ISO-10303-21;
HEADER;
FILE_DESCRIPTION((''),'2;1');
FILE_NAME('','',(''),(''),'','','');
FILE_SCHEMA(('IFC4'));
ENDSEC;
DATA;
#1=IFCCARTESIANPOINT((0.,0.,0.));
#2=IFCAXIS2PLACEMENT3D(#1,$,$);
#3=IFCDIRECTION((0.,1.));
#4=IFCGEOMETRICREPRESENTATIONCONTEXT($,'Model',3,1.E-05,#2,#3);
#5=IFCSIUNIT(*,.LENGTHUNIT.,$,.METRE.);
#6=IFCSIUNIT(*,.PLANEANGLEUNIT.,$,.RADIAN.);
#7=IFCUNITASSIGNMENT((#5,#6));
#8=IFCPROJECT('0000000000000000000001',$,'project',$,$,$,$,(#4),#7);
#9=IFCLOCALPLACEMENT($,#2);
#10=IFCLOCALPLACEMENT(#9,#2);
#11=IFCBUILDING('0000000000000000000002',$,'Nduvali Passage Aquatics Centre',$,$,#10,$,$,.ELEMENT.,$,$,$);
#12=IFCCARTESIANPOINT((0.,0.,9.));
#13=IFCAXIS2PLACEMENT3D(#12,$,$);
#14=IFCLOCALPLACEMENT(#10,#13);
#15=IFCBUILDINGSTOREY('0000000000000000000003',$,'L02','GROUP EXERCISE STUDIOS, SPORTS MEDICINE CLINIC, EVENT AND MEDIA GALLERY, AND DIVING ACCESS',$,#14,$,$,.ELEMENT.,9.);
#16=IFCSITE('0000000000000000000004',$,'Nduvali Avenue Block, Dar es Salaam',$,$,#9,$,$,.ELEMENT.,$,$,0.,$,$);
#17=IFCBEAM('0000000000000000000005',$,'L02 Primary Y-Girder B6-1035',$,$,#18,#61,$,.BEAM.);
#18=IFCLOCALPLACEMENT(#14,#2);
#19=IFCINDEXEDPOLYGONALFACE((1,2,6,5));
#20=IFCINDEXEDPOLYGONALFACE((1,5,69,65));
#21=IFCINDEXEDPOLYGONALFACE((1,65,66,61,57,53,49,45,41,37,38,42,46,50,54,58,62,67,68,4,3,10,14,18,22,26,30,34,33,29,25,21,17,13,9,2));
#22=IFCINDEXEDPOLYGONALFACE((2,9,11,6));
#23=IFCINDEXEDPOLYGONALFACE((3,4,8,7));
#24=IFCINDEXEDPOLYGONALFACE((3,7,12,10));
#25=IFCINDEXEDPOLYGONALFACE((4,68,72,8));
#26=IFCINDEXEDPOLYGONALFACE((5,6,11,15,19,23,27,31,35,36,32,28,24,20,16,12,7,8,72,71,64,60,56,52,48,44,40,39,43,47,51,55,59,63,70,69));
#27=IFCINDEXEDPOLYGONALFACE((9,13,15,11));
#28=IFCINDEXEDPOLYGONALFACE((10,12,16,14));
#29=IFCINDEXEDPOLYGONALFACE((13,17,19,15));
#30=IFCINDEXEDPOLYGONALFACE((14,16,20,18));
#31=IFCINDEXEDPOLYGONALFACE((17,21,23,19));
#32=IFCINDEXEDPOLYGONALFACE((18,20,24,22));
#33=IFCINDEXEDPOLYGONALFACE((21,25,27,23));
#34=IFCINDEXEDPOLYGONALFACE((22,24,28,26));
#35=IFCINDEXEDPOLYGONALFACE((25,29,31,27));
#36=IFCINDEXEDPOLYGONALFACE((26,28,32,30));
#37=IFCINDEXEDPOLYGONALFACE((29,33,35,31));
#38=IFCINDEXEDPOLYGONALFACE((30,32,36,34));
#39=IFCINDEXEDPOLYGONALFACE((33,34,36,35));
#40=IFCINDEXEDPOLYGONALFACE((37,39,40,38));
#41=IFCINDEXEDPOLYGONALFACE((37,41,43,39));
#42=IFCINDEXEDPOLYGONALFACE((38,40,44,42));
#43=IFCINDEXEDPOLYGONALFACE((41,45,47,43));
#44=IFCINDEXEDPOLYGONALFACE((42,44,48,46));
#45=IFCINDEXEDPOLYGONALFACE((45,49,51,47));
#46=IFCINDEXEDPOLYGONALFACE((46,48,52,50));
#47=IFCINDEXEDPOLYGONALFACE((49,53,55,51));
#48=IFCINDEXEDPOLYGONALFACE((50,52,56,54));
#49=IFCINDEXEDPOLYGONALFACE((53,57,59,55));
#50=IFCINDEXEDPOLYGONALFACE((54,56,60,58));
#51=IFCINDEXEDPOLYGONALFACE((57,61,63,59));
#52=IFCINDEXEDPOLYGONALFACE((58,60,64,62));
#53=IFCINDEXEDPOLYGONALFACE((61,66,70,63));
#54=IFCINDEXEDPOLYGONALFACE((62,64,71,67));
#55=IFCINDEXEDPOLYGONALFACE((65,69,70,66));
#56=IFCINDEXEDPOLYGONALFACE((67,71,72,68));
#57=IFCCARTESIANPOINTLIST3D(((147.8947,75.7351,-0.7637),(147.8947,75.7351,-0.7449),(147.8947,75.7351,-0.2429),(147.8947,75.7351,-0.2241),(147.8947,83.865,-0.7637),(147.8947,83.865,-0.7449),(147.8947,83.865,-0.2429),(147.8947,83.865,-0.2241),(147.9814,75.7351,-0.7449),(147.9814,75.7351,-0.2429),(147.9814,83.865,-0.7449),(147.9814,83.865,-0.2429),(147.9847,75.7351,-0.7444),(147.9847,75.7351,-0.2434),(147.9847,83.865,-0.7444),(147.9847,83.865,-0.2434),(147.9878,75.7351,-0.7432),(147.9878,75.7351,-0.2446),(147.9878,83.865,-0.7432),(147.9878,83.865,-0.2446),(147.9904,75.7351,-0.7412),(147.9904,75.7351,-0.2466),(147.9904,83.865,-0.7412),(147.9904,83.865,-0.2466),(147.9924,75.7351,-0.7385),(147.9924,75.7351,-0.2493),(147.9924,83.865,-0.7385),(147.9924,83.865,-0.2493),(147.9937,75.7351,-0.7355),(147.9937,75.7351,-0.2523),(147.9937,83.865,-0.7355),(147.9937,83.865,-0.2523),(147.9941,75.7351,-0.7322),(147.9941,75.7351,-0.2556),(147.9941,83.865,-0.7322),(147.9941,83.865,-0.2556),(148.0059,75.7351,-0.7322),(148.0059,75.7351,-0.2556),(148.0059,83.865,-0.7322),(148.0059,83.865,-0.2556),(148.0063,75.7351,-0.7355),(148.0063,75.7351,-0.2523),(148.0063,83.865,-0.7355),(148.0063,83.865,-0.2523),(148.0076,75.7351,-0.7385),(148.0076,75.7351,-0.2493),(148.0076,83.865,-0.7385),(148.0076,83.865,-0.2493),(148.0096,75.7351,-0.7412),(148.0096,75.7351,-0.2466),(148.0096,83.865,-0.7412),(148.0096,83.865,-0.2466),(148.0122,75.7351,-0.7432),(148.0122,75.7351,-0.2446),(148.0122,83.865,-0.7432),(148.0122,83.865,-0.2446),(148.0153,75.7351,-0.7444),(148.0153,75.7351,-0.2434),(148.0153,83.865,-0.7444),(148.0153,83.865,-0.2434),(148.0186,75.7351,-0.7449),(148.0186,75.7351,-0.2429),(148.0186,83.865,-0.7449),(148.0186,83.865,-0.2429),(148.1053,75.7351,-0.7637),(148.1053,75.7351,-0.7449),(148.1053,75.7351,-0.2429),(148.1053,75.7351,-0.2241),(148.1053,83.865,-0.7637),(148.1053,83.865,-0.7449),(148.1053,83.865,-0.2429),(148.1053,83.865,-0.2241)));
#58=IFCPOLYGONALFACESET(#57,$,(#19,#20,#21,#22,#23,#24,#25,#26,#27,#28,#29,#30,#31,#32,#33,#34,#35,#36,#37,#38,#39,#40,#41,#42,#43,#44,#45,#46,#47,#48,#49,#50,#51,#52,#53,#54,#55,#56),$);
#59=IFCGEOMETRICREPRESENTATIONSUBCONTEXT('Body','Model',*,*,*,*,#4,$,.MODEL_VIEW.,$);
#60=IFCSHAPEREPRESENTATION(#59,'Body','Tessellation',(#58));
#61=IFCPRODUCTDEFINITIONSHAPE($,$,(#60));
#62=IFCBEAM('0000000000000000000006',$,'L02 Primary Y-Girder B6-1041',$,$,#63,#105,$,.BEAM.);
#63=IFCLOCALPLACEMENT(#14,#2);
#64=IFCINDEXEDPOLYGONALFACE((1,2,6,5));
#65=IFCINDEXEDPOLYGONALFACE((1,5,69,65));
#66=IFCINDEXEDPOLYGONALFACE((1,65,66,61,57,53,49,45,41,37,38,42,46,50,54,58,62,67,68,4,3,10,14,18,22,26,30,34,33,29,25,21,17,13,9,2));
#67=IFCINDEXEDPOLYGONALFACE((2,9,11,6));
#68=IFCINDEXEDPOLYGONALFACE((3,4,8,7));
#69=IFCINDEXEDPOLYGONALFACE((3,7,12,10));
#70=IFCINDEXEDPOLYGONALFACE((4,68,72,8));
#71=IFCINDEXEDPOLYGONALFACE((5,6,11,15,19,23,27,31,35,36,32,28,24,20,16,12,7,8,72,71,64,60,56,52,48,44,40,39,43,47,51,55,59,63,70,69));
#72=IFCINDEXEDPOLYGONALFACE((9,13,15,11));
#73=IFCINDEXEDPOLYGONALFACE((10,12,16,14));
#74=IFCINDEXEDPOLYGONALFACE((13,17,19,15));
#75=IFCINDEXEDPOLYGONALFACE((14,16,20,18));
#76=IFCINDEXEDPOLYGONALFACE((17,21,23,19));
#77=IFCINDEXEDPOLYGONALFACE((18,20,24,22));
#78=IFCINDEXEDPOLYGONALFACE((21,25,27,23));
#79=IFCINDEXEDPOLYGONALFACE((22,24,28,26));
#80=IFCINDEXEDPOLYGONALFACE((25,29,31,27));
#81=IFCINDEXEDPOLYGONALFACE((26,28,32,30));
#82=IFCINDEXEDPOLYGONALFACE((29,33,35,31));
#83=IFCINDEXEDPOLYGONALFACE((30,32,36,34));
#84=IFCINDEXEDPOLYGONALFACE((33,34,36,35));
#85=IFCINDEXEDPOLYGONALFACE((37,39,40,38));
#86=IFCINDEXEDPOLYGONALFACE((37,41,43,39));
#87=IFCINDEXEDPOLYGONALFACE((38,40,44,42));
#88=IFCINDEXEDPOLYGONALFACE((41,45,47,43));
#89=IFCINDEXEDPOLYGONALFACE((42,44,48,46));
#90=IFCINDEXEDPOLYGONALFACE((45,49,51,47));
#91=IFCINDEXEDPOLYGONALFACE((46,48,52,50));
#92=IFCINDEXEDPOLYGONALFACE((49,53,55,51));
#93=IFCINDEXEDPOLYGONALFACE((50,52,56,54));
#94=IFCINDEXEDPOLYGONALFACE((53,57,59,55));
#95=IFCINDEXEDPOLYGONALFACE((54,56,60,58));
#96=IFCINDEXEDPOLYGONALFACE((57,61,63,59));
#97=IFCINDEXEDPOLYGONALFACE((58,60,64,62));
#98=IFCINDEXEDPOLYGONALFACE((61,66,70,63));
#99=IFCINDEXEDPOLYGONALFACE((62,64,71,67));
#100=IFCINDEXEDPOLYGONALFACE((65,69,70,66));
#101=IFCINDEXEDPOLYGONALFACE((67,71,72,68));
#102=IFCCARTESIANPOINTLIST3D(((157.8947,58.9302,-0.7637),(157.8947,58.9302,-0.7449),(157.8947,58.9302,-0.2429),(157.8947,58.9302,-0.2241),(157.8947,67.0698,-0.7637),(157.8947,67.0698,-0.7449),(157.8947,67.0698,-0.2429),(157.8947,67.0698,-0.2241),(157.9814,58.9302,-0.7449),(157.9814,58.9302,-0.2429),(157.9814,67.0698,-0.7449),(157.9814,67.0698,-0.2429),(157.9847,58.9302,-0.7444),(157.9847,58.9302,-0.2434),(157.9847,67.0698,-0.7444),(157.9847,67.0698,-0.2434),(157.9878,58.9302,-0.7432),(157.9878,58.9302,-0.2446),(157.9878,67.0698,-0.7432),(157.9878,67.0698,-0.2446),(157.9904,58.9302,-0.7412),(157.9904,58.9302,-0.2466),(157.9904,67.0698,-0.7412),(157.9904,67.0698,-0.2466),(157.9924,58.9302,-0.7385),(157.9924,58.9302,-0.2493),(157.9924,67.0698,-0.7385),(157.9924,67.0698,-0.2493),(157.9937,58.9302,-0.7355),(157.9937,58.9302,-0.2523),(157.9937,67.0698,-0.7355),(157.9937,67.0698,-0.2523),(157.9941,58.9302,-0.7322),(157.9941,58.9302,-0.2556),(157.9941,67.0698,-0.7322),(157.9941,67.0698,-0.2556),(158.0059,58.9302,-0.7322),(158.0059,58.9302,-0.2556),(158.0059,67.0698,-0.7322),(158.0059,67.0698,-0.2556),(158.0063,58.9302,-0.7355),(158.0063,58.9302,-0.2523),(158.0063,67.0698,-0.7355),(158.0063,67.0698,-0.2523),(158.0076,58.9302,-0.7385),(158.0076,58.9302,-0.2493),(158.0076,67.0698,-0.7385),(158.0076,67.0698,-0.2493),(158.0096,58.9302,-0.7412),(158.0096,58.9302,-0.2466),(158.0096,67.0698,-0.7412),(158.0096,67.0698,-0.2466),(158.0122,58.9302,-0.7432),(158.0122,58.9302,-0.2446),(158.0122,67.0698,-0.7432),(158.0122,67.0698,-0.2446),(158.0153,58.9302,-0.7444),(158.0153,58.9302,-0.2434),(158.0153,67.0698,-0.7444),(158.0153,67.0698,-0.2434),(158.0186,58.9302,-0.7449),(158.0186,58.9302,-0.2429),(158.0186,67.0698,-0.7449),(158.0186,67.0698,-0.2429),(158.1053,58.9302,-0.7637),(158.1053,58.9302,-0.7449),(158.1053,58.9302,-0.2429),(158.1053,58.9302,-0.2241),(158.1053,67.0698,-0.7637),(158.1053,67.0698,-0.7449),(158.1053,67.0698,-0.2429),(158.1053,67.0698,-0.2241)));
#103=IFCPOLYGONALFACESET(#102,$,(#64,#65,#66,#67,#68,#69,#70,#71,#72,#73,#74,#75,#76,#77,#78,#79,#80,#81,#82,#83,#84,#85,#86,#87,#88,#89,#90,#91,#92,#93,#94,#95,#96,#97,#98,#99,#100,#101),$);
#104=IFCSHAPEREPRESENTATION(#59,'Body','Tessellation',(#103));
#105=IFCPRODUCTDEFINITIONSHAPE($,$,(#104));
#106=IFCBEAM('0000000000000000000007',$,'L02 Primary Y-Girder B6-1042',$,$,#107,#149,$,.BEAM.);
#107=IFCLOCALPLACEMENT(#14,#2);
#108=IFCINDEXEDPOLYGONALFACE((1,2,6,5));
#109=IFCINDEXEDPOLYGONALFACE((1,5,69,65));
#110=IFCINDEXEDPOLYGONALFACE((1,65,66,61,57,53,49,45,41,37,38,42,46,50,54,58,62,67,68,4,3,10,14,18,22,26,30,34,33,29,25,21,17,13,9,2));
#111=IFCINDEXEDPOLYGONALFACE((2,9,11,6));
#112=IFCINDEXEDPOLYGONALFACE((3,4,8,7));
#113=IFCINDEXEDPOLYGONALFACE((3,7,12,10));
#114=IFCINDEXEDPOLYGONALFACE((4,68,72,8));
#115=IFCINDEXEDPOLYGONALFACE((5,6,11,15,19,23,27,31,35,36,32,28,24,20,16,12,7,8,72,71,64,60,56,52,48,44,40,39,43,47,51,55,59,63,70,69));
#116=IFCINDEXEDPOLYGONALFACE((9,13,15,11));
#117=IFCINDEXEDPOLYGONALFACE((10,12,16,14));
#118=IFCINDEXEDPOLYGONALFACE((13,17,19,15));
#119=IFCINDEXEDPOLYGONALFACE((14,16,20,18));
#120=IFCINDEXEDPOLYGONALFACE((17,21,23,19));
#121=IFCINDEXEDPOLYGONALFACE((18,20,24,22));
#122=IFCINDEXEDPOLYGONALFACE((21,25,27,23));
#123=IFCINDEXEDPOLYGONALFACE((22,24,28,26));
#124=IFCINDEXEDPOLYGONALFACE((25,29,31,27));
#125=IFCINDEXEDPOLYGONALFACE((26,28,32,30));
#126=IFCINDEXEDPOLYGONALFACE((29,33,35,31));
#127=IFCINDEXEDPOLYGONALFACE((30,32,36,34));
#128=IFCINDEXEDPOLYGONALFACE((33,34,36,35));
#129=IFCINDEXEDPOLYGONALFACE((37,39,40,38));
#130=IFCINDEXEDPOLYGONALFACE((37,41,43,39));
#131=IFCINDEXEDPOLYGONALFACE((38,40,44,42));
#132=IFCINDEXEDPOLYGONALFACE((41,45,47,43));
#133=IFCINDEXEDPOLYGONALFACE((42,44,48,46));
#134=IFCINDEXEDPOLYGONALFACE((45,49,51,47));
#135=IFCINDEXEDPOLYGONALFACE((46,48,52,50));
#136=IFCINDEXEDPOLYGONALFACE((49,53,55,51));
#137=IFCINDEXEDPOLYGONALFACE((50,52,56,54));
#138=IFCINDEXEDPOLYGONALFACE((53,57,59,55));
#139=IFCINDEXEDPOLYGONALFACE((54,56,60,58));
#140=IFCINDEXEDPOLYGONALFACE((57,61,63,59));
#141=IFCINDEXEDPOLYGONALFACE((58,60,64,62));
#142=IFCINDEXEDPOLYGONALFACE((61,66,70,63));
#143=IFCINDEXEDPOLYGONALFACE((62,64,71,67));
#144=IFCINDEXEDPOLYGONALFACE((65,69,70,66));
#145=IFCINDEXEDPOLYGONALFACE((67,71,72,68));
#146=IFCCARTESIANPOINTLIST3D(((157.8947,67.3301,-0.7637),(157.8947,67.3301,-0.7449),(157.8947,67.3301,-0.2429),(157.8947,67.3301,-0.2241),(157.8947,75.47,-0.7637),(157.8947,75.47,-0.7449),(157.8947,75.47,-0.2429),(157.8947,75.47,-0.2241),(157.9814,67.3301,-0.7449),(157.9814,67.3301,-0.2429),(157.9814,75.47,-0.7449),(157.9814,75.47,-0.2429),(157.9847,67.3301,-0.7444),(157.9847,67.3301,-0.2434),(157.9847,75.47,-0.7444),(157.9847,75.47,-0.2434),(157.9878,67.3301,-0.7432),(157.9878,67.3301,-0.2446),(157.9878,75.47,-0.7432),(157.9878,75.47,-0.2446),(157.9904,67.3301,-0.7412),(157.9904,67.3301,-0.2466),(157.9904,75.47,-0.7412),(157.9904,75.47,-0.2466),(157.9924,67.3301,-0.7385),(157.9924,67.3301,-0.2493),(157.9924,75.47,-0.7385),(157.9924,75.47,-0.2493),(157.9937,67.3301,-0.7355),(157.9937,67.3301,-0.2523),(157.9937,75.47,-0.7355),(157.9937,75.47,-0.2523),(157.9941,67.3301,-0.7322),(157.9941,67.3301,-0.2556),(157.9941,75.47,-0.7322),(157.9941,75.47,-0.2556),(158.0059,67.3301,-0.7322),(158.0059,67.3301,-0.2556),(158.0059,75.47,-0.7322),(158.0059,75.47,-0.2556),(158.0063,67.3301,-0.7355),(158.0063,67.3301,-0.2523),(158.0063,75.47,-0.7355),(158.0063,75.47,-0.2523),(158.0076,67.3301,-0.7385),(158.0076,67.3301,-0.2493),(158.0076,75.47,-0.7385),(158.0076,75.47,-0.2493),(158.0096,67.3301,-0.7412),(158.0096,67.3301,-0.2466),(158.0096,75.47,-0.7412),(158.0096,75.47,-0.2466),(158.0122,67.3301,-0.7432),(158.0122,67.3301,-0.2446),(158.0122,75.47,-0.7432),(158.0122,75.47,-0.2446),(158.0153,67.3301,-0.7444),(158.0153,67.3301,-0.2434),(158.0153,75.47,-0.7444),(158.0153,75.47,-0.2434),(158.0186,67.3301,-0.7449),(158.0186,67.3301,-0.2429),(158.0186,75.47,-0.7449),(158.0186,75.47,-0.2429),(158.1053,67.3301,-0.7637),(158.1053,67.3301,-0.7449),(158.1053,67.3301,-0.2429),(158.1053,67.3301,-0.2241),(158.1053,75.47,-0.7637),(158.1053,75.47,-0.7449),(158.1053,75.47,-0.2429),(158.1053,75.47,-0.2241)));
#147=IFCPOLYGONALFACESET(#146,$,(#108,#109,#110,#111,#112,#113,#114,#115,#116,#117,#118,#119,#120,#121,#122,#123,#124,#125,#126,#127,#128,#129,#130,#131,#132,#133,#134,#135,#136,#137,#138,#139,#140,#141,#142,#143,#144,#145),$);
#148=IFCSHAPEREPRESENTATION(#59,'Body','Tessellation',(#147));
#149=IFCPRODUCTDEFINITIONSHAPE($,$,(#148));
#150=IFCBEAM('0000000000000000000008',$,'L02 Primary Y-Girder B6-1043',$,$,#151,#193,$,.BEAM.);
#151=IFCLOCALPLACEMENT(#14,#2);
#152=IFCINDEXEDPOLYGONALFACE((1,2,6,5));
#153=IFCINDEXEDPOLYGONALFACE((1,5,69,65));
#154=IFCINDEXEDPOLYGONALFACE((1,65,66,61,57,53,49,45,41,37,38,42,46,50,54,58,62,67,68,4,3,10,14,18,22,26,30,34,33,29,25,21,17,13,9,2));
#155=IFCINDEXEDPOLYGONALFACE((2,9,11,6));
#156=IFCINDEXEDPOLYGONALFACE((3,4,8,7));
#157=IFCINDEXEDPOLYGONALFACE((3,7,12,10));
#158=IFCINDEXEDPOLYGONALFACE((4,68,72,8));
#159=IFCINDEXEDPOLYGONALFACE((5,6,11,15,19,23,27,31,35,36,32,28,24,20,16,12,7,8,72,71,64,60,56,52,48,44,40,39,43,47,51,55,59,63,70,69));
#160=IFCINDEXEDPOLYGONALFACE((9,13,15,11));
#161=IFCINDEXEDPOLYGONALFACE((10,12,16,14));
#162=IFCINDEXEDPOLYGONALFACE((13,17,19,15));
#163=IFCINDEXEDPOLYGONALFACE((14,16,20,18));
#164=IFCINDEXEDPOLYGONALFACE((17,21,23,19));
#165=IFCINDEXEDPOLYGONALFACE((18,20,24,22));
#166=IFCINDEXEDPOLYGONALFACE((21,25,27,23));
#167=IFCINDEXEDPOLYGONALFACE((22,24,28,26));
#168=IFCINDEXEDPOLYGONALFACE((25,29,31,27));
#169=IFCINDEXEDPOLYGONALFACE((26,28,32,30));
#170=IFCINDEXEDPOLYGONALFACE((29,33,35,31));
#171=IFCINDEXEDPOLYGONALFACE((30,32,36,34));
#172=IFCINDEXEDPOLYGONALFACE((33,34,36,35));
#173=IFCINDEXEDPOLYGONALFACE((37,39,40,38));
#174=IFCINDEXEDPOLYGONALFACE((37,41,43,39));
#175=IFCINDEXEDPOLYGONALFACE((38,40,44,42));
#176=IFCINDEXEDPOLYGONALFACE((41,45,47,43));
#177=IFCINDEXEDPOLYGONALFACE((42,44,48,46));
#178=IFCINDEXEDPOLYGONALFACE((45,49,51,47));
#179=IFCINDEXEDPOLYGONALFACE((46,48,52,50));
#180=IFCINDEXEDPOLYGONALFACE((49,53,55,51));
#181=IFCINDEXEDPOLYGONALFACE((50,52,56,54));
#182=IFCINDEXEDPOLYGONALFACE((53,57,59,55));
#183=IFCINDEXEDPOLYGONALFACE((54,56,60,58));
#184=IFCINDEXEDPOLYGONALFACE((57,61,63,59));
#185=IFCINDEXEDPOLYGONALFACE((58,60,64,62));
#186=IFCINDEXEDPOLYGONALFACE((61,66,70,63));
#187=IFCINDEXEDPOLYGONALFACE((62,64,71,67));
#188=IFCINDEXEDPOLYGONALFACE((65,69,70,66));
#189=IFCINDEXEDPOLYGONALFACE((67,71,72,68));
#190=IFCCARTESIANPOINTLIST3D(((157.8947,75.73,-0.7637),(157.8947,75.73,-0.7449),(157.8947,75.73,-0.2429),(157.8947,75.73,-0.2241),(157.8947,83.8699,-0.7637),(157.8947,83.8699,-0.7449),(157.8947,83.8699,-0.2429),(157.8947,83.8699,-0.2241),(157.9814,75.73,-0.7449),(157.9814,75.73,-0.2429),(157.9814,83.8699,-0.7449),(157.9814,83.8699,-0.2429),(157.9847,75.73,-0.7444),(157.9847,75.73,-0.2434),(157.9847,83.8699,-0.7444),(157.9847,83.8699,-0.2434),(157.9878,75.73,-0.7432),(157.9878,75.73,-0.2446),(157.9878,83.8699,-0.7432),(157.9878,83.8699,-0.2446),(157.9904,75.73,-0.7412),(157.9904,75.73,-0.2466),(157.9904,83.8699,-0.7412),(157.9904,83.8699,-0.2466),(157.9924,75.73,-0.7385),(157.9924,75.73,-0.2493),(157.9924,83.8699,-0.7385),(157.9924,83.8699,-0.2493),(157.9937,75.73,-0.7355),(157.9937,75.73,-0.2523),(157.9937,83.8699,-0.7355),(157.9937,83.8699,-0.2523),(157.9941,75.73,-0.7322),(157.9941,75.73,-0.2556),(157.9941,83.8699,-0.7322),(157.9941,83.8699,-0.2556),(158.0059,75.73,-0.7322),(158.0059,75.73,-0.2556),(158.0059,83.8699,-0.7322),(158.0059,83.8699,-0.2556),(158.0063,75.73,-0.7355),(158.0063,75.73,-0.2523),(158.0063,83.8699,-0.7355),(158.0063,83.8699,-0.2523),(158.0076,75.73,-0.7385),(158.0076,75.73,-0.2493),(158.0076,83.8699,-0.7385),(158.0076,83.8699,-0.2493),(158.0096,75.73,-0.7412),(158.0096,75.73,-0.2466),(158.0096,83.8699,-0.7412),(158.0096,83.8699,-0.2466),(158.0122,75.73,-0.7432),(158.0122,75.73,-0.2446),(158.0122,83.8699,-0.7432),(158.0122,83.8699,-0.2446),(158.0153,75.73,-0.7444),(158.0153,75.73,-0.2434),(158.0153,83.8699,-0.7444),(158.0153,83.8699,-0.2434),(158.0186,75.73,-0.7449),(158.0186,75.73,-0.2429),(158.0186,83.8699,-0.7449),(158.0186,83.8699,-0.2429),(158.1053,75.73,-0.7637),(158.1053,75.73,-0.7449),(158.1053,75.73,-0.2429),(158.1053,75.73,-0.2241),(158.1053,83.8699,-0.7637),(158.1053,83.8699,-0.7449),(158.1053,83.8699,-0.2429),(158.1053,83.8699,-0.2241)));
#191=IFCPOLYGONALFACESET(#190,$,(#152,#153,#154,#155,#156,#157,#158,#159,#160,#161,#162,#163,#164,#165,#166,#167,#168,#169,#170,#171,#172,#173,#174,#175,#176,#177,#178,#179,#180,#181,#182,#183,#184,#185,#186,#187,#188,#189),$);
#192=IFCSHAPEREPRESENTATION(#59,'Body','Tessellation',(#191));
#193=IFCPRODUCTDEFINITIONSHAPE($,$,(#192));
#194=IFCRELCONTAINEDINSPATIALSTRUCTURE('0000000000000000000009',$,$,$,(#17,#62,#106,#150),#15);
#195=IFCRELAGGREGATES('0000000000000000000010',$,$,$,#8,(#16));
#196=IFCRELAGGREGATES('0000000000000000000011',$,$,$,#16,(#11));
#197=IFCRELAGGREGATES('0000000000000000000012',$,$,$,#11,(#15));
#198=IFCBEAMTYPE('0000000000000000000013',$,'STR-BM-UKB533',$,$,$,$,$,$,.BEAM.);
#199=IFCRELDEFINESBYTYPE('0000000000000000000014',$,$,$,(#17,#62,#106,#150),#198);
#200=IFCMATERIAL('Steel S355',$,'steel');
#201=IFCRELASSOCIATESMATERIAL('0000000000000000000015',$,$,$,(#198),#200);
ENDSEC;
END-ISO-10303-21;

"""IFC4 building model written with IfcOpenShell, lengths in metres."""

from ifc_helpers import new_model, si_unit, direction, frame, origin, origin_2d, place, context, subcontext, project, spatial, i_section, extrude, material, material_profile, profile_set, type_object, element, save


model = new_model("IFC4")

# Units and contexts
model_context = context("Model", 3, precision=1e-05, world=origin(), true_north=direction((0.0, 1.0)))
body_context = subcontext(model_context, "Body", "Model", "MODEL_VIEW")
ifc_project = project(units=[si_unit("LENGTHUNIT", "METRE"), si_unit("PLANEANGLEUNIT", "RADIAN")], contexts=[model_context])

# Site, building, storey
site_placement = place(None, origin())
site = spatial("IfcSite", under=ifc_project, at=site_placement, Name="Nduvali Avenue Block, Dar es Salaam", CompositionType="ELEMENT", RefElevation=0.0)
building_placement = place(site_placement, origin())
building = spatial("IfcBuilding", under=site, at=building_placement, Name="Nduvali Passage Aquatics Centre", CompositionType="ELEMENT")
storey_placement = place(building_placement, frame((0.0, 0.0, 9.0)))
storey = spatial("IfcBuildingStorey", under=building, at=storey_placement, Name="L02", Description="GROUP EXERCISE STUDIOS, SPORTS MEDICINE CLINIC, EVENT AND MEDIA GALLERY, AND DIVING ACCESS", CompositionType="ELEMENT", Elevation=9.0)

# Beams
ifc_material = material(Name="Steel S355", Category="steel")
ifc_material_profile_1 = material_profile(ifc_material, i_section(OverallWidth=0.2107, OverallDepth=0.5396, WebThickness=0.0117, FlangeThickness=0.0188, FilletRadius=0.0127, at=origin_2d()), Name="UKB 533x210x109")
ifc_profile_set_1 = profile_set([ifc_material_profile_1], Name="Steel S355")
beam_type_1 = type_object("IfcBeamType", Name="STR-BM-UKB533", PredefinedType="BEAM", material=ifc_profile_set_1)
beam_1_placement = place(storey_placement, frame((148.0, 75.7351, -0.4939), z_axis=(0.0, 1.0, 0.0), x_axis=(-1.0, 0.0, 0.0)))
element("IfcBeam", 1, at=beam_1_placement, inside=storey, type_object=beam_type_1, Name="L02 Primary Y-Girder B6-1035", PredefinedType="BEAM", context=body_context, shape_type="SweptSolid", body=[
    extrude(i_section(OverallWidth=0.2107, OverallDepth=0.5396, WebThickness=0.0117, FlangeThickness=0.0188, FilletRadius=0.0127, at=origin_2d()), origin(), (0.0, 0.0, 1.0), 8.1299),
])
beam_2_placement = place(storey_placement, frame((158.0, 58.9302, -0.4939), z_axis=(0.0, 1.0, 0.0), x_axis=(-1.0, 0.0, 0.0)))
element("IfcBeam", 2, at=beam_2_placement, inside=storey, type_object=beam_type_1, Name="L02 Primary Y-Girder B6-1041", PredefinedType="BEAM", context=body_context, shape_type="SweptSolid", body=[
    extrude(i_section(OverallWidth=0.2107, OverallDepth=0.5396, WebThickness=0.0117, FlangeThickness=0.0188, FilletRadius=0.0127, at=origin_2d()), origin(), (0.0, 0.0, 1.0), 8.1396),
])
for number, where, z_axis, x_axis, name in (
    (3, (158.0, 67.3301, -0.4939), (0.0, 1.0, 0.0), (-1.0, 0.0, 0.0), "L02 Primary Y-Girder B6-1042"),
    (4, (158.0, 75.73, -0.4939), (0.0, 1.0, 0.0), (-1.0, 0.0, 0.0), "L02 Primary Y-Girder B6-1043"),
):
    element("IfcBeam", number, at=place(storey_placement, frame(where, z_axis=z_axis, x_axis=x_axis)), inside=storey, type_object=beam_type_1, Name=name, PredefinedType="BEAM", context=body_context, shape_type="SweptSolid", body=[
        extrude(i_section(OverallWidth=0.2107, OverallDepth=0.5396, WebThickness=0.0117, FlangeThickness=0.0188, FilletRadius=0.0127, at=origin_2d()), origin(), (0.0, 0.0, 1.0), 8.1399),
    ])

save(model, "model.ifc")
